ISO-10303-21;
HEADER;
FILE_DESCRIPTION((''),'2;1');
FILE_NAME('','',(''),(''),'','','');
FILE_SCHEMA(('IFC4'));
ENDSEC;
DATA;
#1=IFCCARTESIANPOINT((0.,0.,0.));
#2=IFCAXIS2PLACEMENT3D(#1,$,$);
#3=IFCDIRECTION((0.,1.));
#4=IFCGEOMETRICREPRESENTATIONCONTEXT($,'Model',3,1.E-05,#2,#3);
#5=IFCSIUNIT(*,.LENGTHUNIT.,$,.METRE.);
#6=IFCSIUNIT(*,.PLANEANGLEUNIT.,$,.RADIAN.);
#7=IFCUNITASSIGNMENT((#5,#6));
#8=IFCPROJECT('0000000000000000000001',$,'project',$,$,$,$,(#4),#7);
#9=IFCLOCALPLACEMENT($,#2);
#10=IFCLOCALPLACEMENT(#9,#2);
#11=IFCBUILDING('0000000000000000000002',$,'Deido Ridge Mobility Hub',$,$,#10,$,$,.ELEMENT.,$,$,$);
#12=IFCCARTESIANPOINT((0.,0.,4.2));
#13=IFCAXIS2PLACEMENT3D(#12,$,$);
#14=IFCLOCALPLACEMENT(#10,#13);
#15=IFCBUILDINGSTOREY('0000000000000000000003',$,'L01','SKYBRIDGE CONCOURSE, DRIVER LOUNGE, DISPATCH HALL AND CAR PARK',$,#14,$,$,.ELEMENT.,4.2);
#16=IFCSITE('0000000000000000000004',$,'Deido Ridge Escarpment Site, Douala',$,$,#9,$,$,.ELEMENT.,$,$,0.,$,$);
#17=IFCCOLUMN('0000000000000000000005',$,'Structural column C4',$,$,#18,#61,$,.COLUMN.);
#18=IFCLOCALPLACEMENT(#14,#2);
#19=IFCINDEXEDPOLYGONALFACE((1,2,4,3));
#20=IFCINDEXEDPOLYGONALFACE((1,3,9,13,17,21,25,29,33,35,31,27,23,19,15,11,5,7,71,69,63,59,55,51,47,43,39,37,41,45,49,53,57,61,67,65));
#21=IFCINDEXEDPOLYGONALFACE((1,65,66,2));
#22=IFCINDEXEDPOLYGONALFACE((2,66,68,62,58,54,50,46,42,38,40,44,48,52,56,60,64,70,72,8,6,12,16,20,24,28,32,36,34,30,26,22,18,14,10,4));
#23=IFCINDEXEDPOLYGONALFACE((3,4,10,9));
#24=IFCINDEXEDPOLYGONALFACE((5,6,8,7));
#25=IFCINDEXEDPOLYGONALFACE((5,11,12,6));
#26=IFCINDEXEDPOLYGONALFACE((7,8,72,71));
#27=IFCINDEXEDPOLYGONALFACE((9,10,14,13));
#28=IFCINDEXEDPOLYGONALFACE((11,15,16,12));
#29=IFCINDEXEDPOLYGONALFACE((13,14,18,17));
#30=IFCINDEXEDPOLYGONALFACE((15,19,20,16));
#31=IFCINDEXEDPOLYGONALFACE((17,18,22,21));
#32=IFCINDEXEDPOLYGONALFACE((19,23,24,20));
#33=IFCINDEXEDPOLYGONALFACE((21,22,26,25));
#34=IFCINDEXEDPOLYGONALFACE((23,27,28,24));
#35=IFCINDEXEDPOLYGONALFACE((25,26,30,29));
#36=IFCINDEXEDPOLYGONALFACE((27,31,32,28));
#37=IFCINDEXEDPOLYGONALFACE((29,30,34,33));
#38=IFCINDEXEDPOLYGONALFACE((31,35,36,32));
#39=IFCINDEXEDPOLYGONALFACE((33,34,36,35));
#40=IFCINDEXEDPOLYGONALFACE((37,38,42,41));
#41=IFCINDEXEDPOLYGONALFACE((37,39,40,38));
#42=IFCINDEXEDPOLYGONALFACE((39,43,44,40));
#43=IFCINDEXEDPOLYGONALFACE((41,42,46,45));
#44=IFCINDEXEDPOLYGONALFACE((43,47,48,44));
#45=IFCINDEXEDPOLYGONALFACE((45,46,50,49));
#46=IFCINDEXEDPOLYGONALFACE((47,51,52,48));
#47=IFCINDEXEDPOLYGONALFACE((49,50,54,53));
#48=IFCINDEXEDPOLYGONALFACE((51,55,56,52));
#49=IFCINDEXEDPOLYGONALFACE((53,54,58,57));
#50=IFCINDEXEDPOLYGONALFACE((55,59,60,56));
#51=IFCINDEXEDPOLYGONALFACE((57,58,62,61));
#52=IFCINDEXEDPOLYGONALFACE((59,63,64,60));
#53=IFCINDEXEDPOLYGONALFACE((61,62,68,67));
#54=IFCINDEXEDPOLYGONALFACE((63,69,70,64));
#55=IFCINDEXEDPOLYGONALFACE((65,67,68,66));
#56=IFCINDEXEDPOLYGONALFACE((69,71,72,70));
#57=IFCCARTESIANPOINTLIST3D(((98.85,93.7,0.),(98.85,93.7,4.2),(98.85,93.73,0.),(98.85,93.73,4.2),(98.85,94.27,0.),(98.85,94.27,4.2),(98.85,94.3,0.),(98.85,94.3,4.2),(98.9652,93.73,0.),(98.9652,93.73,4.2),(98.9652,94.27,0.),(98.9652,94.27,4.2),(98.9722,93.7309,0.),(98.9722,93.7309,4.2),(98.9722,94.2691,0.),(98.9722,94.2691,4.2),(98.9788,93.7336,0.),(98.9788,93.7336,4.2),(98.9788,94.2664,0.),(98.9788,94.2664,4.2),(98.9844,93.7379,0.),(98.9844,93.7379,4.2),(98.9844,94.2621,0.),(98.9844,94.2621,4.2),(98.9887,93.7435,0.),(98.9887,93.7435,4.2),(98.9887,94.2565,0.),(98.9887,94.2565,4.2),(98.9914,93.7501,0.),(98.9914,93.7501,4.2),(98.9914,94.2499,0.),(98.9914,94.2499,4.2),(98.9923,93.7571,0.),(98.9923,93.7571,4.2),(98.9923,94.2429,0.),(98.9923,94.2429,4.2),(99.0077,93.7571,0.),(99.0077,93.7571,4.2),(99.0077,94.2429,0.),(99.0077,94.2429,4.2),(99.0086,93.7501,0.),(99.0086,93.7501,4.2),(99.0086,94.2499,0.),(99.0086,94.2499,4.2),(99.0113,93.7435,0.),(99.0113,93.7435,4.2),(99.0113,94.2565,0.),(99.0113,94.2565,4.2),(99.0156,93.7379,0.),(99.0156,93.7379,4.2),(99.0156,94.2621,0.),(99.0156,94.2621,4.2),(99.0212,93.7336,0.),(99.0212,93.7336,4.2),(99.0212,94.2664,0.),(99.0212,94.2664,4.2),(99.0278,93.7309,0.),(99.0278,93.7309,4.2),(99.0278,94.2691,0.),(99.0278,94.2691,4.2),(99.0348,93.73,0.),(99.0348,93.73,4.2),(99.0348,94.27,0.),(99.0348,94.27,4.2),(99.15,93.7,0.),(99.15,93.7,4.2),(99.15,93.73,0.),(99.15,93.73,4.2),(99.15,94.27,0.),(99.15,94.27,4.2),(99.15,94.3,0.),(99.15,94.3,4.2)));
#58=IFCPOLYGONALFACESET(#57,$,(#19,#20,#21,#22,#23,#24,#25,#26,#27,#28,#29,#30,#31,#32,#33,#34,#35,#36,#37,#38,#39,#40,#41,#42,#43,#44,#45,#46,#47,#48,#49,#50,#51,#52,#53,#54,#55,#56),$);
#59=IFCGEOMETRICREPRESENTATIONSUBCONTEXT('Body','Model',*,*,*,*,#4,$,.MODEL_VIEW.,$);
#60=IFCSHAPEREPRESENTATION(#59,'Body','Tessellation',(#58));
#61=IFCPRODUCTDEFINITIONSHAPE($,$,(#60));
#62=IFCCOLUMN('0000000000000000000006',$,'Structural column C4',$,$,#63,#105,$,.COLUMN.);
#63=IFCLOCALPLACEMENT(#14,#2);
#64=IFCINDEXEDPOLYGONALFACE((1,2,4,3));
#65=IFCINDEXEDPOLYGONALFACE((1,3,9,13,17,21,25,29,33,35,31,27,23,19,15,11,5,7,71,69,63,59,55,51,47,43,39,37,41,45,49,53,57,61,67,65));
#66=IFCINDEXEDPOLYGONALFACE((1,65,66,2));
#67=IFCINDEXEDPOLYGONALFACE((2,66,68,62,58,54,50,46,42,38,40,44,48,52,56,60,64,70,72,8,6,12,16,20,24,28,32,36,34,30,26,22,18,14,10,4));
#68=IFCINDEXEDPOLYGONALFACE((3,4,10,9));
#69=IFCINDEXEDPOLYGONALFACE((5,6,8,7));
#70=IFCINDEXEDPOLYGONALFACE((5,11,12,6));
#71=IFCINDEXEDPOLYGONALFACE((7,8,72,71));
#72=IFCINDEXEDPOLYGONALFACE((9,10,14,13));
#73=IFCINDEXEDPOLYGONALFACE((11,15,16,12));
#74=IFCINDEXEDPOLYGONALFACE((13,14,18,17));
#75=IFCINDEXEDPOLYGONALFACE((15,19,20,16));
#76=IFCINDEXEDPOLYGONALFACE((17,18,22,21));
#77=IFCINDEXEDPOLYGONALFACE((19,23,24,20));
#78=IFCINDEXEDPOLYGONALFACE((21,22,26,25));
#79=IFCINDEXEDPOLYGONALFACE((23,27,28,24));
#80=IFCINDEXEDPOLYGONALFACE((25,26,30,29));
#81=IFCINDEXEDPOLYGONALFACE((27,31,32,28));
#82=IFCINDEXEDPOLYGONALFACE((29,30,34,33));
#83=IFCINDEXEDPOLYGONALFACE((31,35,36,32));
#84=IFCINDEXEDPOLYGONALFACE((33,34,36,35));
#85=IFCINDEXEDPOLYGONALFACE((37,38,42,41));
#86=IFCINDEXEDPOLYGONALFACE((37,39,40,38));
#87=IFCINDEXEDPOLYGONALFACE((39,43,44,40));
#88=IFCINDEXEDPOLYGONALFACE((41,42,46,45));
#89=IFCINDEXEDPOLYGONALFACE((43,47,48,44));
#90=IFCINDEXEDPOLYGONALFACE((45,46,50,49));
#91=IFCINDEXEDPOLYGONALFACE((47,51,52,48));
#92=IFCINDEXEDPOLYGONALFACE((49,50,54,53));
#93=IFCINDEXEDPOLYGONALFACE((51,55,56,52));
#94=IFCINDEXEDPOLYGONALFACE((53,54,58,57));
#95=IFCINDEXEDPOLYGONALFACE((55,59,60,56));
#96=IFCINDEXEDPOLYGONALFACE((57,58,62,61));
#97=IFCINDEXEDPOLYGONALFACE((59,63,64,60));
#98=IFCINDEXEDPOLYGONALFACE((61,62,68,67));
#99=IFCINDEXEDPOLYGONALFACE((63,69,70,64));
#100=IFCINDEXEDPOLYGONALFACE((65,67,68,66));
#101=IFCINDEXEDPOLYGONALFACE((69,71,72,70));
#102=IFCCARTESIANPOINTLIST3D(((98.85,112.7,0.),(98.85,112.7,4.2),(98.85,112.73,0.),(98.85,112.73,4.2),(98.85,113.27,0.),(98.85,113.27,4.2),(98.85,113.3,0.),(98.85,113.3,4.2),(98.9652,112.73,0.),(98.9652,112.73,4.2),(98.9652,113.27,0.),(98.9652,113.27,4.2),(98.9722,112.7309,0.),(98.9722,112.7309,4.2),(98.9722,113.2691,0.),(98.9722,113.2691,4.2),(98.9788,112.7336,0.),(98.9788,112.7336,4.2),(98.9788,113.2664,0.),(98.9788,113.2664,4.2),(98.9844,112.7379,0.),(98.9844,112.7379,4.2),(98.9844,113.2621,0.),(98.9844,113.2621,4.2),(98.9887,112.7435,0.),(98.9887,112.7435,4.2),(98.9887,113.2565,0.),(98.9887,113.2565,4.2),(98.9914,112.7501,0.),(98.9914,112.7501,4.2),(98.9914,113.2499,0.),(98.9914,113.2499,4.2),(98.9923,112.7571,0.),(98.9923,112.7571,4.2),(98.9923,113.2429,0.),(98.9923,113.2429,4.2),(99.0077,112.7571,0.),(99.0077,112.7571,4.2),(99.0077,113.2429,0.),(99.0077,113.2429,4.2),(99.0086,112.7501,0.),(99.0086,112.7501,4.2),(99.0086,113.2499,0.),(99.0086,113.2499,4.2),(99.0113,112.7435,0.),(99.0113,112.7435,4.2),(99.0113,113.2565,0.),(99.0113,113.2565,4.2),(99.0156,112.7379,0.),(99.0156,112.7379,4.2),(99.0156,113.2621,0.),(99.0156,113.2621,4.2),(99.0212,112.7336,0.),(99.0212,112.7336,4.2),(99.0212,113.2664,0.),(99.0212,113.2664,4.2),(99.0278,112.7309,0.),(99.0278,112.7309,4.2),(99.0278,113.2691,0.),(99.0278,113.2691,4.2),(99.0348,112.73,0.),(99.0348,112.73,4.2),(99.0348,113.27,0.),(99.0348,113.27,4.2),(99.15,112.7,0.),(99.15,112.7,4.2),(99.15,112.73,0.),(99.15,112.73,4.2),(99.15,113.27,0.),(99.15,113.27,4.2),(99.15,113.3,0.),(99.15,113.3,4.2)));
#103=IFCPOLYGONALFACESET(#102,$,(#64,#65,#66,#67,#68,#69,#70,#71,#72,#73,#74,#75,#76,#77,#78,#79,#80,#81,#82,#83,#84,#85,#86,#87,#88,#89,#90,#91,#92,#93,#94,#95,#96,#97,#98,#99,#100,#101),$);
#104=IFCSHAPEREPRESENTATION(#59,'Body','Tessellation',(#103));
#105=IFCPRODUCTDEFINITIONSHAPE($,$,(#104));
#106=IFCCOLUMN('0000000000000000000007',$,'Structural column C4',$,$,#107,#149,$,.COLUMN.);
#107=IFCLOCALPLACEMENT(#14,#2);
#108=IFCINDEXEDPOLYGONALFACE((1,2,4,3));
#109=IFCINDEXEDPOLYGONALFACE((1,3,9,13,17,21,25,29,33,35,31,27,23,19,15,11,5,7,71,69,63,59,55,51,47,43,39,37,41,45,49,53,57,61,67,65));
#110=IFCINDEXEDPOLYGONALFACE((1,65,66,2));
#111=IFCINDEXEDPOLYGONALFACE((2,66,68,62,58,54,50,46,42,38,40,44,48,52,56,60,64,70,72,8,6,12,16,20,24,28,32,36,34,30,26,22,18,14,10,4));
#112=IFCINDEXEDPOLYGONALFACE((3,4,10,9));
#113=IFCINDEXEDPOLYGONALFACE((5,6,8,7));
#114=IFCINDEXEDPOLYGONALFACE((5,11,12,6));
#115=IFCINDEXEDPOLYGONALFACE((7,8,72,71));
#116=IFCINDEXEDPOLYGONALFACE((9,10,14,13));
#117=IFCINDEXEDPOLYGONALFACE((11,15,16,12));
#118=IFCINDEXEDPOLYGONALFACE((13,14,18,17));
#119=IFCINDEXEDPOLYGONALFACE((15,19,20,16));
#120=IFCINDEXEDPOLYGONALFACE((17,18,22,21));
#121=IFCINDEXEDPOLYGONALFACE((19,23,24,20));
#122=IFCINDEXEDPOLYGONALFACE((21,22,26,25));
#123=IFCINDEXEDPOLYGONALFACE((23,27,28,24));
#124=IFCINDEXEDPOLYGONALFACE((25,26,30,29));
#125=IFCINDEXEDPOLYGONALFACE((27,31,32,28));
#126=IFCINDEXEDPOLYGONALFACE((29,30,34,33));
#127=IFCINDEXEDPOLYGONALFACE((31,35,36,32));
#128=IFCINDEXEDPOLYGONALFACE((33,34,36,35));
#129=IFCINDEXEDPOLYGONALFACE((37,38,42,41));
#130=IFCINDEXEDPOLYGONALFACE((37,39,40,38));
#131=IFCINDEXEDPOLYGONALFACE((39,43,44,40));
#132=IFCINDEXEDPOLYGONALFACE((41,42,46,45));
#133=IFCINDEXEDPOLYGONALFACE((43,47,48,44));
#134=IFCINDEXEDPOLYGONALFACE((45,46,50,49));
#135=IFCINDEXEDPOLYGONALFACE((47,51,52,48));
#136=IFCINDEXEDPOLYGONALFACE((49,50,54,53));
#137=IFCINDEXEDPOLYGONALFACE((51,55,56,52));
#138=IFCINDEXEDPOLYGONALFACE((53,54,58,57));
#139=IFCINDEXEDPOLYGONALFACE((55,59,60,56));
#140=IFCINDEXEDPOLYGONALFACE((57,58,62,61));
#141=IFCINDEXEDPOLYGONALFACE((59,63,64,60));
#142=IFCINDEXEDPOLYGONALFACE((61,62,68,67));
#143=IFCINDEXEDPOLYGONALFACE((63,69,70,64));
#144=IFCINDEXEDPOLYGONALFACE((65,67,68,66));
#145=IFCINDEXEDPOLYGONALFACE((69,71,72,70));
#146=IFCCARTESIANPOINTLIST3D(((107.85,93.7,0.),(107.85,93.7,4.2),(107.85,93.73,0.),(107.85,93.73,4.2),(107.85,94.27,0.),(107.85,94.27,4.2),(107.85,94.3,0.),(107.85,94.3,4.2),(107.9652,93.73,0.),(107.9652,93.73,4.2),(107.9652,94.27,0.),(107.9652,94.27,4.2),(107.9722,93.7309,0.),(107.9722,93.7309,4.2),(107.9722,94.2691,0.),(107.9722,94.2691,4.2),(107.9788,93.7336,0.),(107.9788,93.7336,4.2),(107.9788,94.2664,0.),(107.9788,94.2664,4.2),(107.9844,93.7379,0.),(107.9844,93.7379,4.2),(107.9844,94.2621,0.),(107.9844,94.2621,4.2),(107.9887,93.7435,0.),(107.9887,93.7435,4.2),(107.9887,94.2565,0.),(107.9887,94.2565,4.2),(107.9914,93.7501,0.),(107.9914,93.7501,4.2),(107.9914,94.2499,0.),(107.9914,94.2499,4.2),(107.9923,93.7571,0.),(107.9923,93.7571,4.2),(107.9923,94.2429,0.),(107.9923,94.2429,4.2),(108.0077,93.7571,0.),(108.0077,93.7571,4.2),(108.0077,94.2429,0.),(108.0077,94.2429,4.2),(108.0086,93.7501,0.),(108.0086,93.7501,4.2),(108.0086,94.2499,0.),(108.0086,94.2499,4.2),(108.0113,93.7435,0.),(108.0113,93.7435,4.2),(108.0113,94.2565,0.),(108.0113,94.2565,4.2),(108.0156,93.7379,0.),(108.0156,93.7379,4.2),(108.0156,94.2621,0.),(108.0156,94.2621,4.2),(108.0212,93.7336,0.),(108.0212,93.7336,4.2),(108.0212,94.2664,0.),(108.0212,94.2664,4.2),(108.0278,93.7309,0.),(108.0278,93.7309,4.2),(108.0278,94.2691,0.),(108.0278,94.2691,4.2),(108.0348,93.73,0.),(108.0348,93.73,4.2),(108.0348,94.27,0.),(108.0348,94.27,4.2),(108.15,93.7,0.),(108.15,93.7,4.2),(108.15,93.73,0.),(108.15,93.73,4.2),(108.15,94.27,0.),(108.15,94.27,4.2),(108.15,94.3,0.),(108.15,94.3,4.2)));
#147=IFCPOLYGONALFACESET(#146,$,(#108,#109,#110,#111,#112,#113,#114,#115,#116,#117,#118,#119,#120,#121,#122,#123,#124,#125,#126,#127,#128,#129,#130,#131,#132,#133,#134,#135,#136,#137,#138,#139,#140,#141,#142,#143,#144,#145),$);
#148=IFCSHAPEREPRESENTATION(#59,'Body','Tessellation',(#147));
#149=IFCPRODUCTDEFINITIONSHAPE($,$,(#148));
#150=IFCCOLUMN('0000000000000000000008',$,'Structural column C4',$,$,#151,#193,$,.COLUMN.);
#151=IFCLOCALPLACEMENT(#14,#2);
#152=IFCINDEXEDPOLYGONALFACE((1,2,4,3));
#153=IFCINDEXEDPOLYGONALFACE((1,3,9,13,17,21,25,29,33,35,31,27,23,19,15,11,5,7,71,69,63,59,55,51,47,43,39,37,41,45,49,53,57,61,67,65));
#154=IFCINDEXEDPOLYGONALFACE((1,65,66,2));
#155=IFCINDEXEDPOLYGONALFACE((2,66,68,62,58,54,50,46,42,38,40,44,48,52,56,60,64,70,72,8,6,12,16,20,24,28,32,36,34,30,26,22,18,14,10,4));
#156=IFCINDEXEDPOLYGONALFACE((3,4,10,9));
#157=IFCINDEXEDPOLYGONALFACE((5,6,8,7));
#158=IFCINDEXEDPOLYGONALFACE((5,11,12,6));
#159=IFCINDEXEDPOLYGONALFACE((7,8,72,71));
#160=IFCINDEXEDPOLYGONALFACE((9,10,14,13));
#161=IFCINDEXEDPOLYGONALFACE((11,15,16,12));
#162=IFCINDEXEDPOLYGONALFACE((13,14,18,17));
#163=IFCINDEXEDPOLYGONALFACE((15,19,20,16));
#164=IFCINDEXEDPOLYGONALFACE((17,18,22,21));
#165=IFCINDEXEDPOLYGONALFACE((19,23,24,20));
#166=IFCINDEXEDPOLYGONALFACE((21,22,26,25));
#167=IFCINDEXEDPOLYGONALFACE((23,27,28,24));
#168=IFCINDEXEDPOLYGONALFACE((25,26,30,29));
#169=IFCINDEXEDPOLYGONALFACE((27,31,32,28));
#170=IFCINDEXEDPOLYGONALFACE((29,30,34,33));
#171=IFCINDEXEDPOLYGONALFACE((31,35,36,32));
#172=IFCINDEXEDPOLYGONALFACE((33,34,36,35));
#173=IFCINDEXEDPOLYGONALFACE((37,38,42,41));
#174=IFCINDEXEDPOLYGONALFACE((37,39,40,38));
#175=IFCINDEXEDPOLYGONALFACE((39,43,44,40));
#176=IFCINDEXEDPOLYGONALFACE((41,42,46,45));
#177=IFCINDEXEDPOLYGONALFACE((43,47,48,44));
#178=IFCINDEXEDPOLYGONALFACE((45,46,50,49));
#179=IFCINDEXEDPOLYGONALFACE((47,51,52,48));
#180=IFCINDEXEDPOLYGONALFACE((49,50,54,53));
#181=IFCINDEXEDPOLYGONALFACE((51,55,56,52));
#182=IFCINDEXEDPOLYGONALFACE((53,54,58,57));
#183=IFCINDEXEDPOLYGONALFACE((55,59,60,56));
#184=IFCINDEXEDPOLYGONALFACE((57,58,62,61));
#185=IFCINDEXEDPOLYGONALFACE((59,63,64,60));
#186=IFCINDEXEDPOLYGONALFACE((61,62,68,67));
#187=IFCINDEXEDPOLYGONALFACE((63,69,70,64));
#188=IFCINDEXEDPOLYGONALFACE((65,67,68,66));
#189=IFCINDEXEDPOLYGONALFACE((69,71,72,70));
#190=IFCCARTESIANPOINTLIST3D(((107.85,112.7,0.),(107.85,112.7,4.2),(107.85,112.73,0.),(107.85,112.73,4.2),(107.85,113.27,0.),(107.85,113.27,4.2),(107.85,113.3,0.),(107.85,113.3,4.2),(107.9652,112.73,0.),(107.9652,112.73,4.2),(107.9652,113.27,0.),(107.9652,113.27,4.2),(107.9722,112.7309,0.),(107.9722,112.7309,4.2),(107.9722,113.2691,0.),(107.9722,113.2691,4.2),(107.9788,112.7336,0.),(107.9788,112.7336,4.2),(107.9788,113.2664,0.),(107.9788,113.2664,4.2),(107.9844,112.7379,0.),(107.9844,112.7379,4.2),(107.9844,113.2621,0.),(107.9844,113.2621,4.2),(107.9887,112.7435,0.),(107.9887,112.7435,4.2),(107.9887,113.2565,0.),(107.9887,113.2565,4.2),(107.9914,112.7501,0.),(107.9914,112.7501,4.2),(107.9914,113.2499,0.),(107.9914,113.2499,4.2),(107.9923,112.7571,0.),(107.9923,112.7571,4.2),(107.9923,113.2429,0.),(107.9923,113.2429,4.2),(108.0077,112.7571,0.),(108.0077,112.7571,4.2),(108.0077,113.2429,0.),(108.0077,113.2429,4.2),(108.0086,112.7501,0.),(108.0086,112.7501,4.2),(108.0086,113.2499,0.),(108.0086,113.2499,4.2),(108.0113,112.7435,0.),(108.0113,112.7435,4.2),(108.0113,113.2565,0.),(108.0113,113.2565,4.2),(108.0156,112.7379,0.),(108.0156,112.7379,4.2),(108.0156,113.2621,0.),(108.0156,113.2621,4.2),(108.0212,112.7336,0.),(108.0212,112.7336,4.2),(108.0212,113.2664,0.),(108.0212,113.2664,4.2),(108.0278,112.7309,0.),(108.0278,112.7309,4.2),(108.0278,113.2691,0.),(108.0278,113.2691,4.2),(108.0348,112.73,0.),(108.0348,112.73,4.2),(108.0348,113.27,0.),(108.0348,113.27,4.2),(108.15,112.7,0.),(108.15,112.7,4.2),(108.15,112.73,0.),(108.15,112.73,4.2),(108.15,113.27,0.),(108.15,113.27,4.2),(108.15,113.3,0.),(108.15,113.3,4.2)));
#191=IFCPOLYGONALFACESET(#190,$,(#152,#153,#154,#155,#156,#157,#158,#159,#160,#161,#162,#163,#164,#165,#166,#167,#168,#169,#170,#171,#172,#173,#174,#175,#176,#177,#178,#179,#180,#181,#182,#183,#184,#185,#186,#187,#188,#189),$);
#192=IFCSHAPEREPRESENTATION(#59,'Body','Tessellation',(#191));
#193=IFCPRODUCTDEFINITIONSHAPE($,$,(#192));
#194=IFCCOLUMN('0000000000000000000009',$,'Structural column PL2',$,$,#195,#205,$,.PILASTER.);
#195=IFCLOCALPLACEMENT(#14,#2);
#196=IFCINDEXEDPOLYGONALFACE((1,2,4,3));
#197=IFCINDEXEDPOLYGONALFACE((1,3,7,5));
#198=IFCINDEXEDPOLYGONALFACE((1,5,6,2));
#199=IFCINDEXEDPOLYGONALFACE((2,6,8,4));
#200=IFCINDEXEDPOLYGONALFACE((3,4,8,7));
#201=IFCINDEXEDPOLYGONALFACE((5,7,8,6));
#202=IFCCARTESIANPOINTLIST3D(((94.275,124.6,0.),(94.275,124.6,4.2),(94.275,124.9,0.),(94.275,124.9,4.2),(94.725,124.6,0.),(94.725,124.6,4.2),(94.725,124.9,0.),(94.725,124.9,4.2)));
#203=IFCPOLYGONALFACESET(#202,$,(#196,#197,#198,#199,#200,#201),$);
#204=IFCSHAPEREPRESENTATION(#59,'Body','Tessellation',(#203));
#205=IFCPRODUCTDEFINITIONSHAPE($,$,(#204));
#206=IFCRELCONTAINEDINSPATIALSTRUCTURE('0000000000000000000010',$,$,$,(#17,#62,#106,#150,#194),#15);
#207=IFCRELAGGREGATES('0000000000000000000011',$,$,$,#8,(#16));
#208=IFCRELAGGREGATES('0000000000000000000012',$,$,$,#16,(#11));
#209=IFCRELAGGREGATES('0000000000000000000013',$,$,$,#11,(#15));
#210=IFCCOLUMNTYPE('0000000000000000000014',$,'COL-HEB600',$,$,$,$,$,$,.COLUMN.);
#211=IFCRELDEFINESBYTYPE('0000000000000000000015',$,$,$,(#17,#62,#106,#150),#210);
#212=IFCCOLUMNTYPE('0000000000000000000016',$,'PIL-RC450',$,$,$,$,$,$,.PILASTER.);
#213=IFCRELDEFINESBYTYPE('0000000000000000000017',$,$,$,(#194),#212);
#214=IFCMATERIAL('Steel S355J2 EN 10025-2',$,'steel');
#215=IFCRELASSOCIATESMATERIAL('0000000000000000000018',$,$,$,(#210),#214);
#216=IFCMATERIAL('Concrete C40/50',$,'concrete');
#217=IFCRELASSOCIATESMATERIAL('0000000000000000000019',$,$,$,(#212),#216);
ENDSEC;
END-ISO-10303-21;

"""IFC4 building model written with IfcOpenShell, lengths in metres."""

from ifc_helpers import new_model, si_unit, direction, frame, origin, origin_2d, place, context, subcontext, project, spatial, rectangle, i_section, extrude, material, material_profile, profile_set, type_object, element, save


model = new_model("IFC4")

# Units and contexts
model_context = context("Model", 3, precision=1e-05, world=origin(), true_north=direction((0.0, 1.0)))
body_context = subcontext(model_context, "Body", "Model", "MODEL_VIEW")
ifc_project = project(units=[si_unit("LENGTHUNIT", "METRE"), si_unit("PLANEANGLEUNIT", "RADIAN")], contexts=[model_context])

# Site, building, storey
site_placement = place(None, origin())
site = spatial("IfcSite", under=ifc_project, at=site_placement, Name="Deido Ridge Escarpment Site, Douala", CompositionType="ELEMENT", RefElevation=0.0)
building_placement = place(site_placement, origin())
building = spatial("IfcBuilding", under=site, at=building_placement, Name="Deido Ridge Mobility Hub", CompositionType="ELEMENT")
storey_placement = place(building_placement, frame((0.0, 0.0, 4.2)))
storey = spatial("IfcBuildingStorey", under=building, at=storey_placement, Name="L01", Description="SKYBRIDGE CONCOURSE, DRIVER LOUNGE, DISPATCH HALL AND CAR PARK", CompositionType="ELEMENT", Elevation=4.2)

# Columns
ifc_material_1 = material(Name="Steel S355J2 EN 10025-2", Category="steel")
ifc_material_profile_1 = material_profile(ifc_material_1, i_section(OverallWidth=0.3, OverallDepth=0.6001, WebThickness=0.0154, FlangeThickness=0.03, FilletRadius=0.0271, at=origin_2d()), Name="HEB 600")
ifc_profile_set_1 = profile_set([ifc_material_profile_1], Name="Steel S355J2 EN 10025-2")
column_type_1 = type_object("IfcColumnType", Name="COL-HEB600", PredefinedType="COLUMN", material=ifc_profile_set_1)
for number, where, z_axis, x_axis, name in (
    (1, (99.0, 94.0, 0.0), (0.0, 0.0, 1.0), (1.0, 0.0, 0.0), "Structural column C4"),
    (2, (99.0, 113.0, 0.0), (0.0, 0.0, 1.0), (1.0, 0.0, 0.0), "Structural column C4"),
    (3, (108.0, 94.0, 0.0), (0.0, 0.0, 1.0), (1.0, 0.0, 0.0), "Structural column C4"),
    (4, (108.0, 113.0, 0.0), (0.0, 0.0, 1.0), (1.0, 0.0, 0.0), "Structural column C4"),
):
    element("IfcColumn", number, at=place(storey_placement, frame(where, z_axis=z_axis, x_axis=x_axis)), inside=storey, type_object=column_type_1, Name=name, PredefinedType="COLUMN", context=body_context, shape_type="SweptSolid", body=[
        extrude(i_section(OverallWidth=0.3, OverallDepth=0.6001, WebThickness=0.0154, FlangeThickness=0.03, FilletRadius=0.0271, at=origin_2d()), origin(), (0.0, 0.0, 1.0), 4.2),
    ])
ifc_material_2 = material(Name="Concrete C40/50", Category="concrete")
ifc_material_profile_2 = material_profile(ifc_material_2, rectangle(XDim=0.45, YDim=0.3, at=origin_2d()), Name="RC PILASTER 450x300")
ifc_profile_set_2 = profile_set([ifc_material_profile_2], Name="Concrete C40/50")
column_type_2 = type_object("IfcColumnType", Name="PIL-RC450", PredefinedType="PILASTER", material=ifc_profile_set_2)
for number, where, z_axis, x_axis, name in (
    (5, (94.5, 124.75, 0.0), (0.0, 0.0, 1.0), (1.0, 0.0, 0.0), "Structural column PL2"),
):
    element("IfcColumn", number, at=place(storey_placement, frame(where, z_axis=z_axis, x_axis=x_axis)), inside=storey, type_object=column_type_2, Name=name, PredefinedType="PILASTER", context=body_context, shape_type="SweptSolid", body=[
        extrude(rectangle(XDim=0.45, YDim=0.3, at=origin_2d()), origin(), (0.0, 0.0, 1.0), 4.2),
    ])

save(model, "model.ifc")
